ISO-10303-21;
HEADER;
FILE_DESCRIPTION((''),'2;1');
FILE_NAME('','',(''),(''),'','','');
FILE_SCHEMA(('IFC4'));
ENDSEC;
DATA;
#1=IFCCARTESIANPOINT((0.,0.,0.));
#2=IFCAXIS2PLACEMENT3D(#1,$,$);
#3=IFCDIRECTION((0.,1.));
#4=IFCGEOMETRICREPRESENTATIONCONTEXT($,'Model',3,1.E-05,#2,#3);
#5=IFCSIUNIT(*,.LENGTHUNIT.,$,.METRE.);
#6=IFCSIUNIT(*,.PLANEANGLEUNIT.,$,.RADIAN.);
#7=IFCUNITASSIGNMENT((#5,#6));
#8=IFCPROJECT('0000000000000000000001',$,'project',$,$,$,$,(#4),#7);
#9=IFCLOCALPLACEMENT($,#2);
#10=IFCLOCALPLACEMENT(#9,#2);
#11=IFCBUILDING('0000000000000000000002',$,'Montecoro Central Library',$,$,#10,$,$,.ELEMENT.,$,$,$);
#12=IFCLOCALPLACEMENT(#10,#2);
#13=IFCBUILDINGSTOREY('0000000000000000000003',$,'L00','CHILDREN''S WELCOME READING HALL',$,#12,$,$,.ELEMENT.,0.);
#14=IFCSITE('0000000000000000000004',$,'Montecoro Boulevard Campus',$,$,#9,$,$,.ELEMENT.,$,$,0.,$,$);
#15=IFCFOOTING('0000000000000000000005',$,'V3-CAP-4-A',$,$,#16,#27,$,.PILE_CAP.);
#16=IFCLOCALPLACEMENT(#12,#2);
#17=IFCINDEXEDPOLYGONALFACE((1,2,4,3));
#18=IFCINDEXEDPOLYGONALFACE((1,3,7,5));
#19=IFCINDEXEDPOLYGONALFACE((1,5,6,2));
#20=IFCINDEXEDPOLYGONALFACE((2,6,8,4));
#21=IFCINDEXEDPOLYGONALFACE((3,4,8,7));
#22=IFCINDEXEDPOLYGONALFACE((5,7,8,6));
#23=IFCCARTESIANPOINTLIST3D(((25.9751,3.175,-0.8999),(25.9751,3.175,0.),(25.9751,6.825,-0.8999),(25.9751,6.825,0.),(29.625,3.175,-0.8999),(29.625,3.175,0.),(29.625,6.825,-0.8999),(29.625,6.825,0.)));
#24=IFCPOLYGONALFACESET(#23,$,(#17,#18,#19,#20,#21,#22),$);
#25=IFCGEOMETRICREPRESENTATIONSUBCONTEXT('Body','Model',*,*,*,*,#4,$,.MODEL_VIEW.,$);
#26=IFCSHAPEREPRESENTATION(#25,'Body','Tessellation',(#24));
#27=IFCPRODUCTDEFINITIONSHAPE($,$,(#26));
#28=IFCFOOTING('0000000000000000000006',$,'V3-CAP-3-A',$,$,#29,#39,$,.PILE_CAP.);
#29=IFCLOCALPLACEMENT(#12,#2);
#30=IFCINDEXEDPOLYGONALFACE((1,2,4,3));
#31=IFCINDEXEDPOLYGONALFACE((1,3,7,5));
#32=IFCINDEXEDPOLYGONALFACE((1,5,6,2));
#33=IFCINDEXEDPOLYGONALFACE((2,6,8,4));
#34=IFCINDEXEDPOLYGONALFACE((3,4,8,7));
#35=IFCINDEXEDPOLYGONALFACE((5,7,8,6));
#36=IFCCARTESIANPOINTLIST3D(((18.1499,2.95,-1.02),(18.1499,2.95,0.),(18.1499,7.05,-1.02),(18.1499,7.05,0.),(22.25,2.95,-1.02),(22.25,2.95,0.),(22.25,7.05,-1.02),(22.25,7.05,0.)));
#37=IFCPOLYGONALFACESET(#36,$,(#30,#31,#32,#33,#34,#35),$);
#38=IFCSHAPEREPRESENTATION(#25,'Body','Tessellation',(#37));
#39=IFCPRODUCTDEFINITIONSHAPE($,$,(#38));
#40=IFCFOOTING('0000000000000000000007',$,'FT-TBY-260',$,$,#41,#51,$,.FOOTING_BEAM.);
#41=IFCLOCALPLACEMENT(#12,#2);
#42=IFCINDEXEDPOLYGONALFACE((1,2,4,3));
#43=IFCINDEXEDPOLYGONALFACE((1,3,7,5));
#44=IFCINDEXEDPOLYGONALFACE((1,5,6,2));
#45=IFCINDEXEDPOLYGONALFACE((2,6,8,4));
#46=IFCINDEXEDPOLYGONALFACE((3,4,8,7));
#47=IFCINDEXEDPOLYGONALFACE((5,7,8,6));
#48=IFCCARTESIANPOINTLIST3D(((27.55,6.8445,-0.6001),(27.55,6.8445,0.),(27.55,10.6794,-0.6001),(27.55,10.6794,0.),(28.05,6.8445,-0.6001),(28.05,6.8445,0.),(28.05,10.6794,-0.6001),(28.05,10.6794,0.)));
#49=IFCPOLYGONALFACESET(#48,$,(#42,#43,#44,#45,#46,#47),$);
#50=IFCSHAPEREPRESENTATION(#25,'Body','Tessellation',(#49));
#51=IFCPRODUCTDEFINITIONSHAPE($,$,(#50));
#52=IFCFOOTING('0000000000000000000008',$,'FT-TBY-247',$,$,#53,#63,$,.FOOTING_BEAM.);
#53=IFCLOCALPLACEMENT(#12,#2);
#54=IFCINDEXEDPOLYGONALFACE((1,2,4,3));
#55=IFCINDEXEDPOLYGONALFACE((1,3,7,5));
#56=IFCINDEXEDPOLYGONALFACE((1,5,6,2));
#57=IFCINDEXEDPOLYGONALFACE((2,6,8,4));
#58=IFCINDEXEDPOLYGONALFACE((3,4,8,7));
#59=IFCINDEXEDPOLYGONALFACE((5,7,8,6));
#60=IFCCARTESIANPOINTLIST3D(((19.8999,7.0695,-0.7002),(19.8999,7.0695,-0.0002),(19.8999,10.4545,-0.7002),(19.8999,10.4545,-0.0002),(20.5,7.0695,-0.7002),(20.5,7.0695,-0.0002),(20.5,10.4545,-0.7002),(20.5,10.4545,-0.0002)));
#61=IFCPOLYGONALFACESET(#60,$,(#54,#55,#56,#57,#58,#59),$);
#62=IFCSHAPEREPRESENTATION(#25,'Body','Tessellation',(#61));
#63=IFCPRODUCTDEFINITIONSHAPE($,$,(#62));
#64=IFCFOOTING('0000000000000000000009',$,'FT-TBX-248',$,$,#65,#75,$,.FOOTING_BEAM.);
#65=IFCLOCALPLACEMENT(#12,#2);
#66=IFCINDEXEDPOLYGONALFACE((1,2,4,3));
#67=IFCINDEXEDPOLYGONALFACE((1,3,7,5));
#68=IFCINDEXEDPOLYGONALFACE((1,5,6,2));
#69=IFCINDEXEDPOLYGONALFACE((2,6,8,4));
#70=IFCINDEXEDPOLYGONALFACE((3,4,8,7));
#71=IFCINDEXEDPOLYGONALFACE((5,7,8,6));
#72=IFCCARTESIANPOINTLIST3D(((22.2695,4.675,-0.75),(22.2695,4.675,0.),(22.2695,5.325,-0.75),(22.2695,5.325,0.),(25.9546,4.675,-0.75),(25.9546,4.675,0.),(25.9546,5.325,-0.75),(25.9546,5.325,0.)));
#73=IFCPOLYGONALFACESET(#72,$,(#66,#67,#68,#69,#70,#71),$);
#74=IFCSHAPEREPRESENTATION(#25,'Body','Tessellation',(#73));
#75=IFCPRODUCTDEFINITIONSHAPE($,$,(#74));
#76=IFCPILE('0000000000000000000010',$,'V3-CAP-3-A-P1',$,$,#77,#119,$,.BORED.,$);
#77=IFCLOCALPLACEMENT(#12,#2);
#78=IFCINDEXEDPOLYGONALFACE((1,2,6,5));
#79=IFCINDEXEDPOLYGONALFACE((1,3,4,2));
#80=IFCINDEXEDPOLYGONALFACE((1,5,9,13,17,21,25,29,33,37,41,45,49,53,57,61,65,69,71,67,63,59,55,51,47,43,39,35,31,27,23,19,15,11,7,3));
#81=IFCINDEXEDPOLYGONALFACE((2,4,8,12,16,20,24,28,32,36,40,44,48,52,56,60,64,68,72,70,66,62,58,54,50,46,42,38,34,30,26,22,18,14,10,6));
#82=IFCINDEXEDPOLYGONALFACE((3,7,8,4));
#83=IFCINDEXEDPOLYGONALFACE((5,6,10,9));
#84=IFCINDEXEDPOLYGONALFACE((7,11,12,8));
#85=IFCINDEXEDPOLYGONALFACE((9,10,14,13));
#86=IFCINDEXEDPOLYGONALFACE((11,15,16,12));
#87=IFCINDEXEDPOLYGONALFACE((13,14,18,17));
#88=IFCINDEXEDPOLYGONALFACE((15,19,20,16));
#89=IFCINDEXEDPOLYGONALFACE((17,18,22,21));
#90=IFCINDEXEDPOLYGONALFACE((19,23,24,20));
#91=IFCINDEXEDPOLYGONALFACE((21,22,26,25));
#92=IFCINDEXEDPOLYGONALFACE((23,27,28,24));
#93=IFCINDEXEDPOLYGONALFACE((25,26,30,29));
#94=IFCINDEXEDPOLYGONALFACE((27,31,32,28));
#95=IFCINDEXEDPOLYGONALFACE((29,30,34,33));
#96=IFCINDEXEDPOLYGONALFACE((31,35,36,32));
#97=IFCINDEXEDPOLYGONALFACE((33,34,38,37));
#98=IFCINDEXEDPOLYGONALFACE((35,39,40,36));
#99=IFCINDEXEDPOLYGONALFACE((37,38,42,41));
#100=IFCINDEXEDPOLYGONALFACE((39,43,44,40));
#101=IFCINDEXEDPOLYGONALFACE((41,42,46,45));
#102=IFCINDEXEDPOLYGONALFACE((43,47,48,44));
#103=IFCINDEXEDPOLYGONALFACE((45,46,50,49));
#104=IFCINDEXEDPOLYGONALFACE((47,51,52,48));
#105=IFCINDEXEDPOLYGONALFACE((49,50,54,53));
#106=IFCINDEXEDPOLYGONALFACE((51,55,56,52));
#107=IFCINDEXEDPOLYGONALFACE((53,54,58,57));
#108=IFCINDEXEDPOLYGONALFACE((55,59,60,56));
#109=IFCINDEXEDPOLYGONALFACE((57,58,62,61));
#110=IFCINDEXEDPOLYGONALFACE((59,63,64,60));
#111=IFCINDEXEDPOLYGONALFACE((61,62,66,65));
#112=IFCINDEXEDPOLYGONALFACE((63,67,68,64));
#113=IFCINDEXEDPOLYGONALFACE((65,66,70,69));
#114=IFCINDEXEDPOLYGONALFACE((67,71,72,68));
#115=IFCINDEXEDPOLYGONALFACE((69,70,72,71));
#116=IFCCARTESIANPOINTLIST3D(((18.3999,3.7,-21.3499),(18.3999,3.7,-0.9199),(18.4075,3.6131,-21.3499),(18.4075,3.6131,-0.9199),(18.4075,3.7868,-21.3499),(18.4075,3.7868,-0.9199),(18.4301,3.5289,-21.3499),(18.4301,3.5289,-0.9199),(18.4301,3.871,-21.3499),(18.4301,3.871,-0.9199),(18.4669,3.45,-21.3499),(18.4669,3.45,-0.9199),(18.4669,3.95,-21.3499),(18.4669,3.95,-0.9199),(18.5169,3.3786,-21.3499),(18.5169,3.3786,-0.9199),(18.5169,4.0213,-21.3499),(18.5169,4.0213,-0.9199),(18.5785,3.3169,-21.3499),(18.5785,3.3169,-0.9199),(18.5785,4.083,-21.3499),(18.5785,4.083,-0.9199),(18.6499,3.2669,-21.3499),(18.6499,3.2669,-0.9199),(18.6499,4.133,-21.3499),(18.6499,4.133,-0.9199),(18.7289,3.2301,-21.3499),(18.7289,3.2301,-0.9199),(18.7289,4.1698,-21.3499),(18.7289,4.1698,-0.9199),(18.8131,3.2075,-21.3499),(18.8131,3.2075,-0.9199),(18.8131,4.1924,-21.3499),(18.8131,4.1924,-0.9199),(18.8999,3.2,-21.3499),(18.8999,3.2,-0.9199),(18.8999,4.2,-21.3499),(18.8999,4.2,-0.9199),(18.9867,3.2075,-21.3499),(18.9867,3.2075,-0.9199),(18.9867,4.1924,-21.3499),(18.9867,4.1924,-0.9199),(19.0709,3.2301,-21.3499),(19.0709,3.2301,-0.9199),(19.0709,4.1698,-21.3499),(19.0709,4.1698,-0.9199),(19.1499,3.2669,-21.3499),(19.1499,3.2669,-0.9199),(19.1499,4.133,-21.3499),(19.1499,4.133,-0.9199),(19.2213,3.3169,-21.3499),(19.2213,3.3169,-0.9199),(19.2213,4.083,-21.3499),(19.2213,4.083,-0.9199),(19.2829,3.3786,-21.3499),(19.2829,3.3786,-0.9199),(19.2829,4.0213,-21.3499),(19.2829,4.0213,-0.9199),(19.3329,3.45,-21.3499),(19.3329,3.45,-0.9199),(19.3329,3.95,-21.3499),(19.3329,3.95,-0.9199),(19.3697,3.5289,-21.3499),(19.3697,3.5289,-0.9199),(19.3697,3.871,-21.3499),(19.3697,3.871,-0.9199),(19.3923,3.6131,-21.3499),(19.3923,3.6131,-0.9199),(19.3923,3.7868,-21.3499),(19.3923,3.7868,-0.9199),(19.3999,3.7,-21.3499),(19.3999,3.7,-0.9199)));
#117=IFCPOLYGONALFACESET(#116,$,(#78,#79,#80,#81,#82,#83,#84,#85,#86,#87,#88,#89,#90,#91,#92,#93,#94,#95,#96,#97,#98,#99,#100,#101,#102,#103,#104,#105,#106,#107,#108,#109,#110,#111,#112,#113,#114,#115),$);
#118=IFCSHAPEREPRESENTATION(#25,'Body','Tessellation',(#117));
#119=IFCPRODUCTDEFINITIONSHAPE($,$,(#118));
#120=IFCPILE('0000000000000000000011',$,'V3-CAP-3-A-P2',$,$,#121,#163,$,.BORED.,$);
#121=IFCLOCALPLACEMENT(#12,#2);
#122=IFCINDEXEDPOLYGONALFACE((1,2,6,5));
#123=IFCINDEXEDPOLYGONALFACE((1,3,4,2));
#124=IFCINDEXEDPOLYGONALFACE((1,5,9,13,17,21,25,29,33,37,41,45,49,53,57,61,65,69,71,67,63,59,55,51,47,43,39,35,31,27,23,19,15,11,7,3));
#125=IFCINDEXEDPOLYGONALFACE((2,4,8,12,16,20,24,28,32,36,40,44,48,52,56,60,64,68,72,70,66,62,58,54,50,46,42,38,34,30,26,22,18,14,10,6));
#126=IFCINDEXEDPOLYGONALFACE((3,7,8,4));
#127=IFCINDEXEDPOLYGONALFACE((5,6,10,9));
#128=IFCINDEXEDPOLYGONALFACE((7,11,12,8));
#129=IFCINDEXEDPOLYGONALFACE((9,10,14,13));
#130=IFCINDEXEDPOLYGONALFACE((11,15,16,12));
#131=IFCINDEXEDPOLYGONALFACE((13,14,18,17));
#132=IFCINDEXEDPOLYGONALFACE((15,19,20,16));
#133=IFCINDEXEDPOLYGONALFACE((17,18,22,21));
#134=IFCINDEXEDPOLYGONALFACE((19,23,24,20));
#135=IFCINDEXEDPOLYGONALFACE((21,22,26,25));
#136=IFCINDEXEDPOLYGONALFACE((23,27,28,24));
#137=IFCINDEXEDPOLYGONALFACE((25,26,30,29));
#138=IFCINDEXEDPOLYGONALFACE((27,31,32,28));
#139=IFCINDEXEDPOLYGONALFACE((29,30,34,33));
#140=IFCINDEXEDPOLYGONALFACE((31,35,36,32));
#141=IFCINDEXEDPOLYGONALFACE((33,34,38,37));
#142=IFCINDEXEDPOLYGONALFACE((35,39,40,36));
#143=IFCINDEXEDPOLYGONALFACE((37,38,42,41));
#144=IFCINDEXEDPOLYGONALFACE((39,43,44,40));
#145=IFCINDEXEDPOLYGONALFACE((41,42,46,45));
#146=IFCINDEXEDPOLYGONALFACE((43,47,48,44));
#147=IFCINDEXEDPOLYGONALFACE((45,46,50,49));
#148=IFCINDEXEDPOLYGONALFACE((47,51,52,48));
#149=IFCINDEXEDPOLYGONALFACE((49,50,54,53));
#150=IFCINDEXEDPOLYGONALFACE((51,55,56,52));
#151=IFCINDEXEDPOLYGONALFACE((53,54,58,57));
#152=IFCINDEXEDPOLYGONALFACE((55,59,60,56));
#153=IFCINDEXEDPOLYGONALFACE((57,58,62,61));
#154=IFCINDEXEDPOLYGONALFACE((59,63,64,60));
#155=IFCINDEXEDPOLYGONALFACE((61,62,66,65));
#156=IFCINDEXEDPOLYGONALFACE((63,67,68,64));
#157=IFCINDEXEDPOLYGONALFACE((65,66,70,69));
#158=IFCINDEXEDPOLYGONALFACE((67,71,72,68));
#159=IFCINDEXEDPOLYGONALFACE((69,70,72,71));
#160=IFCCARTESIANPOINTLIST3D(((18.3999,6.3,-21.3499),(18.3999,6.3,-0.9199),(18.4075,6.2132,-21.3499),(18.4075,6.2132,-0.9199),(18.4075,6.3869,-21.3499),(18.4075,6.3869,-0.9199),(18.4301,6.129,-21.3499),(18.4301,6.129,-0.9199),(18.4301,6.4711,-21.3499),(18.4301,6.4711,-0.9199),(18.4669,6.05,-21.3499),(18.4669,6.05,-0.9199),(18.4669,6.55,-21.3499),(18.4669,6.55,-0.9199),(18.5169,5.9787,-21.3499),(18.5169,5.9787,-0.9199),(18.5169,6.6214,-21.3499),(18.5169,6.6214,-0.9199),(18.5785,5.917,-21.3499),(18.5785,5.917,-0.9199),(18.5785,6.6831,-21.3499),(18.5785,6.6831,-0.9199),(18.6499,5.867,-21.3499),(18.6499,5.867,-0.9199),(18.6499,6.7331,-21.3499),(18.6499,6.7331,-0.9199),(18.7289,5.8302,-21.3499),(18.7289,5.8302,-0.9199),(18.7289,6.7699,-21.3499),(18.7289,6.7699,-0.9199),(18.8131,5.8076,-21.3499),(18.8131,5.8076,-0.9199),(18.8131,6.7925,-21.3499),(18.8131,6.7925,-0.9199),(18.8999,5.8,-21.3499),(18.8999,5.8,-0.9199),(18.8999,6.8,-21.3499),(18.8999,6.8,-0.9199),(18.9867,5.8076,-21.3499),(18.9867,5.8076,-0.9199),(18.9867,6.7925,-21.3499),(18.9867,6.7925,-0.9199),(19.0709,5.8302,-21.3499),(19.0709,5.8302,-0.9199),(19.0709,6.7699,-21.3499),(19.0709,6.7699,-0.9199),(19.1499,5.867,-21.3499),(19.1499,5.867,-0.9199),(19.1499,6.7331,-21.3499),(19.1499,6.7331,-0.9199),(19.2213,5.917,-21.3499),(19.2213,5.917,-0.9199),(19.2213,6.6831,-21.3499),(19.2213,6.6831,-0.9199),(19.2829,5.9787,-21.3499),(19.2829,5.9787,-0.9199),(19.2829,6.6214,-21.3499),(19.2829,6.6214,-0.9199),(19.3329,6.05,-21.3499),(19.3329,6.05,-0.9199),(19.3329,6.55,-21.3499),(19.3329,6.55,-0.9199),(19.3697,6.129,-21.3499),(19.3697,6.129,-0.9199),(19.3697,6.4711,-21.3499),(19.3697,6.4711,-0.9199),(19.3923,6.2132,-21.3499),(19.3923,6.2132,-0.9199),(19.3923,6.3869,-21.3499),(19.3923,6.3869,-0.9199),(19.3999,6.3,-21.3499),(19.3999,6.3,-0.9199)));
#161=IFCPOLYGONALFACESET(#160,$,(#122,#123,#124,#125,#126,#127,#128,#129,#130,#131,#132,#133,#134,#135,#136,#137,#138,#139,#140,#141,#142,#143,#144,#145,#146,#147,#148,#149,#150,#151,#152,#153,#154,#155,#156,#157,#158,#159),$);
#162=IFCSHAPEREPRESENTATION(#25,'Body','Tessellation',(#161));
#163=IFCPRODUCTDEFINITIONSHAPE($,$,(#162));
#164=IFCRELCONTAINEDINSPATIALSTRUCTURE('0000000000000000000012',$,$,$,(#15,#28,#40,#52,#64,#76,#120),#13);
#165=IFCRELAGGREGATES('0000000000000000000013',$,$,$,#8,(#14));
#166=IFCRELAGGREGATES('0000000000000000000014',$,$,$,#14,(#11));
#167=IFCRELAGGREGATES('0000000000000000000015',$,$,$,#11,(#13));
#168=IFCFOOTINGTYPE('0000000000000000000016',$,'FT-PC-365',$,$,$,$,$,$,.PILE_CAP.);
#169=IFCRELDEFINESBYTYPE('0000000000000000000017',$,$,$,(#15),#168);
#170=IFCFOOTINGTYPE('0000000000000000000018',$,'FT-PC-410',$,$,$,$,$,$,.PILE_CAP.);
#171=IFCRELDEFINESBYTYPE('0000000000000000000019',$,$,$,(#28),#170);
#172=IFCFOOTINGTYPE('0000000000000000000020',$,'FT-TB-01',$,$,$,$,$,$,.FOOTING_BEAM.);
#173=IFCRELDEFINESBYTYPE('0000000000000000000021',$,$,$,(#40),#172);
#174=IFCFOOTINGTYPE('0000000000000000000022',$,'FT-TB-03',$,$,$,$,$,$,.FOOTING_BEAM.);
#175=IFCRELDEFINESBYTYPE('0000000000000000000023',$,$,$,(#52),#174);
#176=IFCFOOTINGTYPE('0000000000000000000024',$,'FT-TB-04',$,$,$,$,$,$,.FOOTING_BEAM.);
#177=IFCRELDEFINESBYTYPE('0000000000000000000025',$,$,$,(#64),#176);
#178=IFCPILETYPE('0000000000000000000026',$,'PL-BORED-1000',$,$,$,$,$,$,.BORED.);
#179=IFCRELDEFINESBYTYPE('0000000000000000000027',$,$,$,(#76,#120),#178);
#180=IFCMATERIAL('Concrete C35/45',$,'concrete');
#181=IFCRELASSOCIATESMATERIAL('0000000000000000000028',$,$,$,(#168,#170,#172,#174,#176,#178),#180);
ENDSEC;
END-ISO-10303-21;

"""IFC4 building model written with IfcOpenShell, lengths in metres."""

from ifc_helpers import new_model, si_unit, direction, frame, origin, origin_2d, place, context, subcontext, project, spatial, rectangle, circle, extrude, material, material_profile, profile_set, type_object, element, save


model = new_model("IFC4")

# Units and contexts
model_context = context("Model", 3, precision=1e-05, world=origin(), true_north=direction((0.0, 1.0)))
body_context = subcontext(model_context, "Body", "Model", "MODEL_VIEW")
ifc_project = project(units=[si_unit("LENGTHUNIT", "METRE"), si_unit("PLANEANGLEUNIT", "RADIAN")], contexts=[model_context])

# Site, building, storey
site_placement = place(None, origin())
site = spatial("IfcSite", under=ifc_project, at=site_placement, Name="Montecoro Boulevard Campus", CompositionType="ELEMENT", RefElevation=0.0)
building_placement = place(site_placement, origin())
building = spatial("IfcBuilding", under=site, at=building_placement, Name="Montecoro Central Library", CompositionType="ELEMENT")
storey_placement = place(building_placement, origin())
storey = spatial("IfcBuildingStorey", under=building, at=storey_placement, Name="L00", Description="CHILDREN'S WELCOME READING HALL", CompositionType="ELEMENT", Elevation=0.0)

# Footings
ifc_material_1 = material(Name="Concrete C35/45", Category="concrete")
footing_type_1 = type_object("IfcFootingType", Name="FT-PC-365", PredefinedType="PILE_CAP", material=ifc_material_1)
footing_1_placement = place(storey_placement, frame((27.8, 5.0, -0.8999), z_axis=(0.0, 0.0, 1.0), x_axis=(1.0, 0.0, 0.0)))
element("IfcFooting", 1, at=footing_1_placement, inside=storey, type_object=footing_type_1, Name="V3-CAP-4-A", PredefinedType="PILE_CAP", context=body_context, shape_type="SweptSolid", body=[
    extrude(rectangle(XDim=3.6499, YDim=3.6499, at=origin_2d()), origin(), (0.0, 0.0, 1.0), 0.8999),
])
footing_type_2 = type_object("IfcFootingType", Name="FT-PC-410", PredefinedType="PILE_CAP", material=ifc_material_1)
footing_2_placement = place(storey_placement, frame((20.2, 5.0, -1.02), z_axis=(0.0, 0.0, 1.0), x_axis=(1.0, 0.0, 0.0)))
element("IfcFooting", 2, at=footing_2_placement, inside=storey, type_object=footing_type_2, Name="V3-CAP-3-A", PredefinedType="PILE_CAP", context=body_context, shape_type="SweptSolid", body=[
    extrude(rectangle(XDim=4.1001, YDim=4.1001, at=origin_2d()), origin(), (0.0, 0.0, 1.0), 1.02),
])
footing_type_3 = type_object("IfcFootingType", Name="FT-TB-01", PredefinedType="FOOTING_BEAM", material=ifc_material_1)
footing_3_placement = place(storey_placement, frame((27.8, 8.762, -0.6001), z_axis=(0.0, 0.0, 1.0), x_axis=(1.0, 0.0, 0.0)))
element("IfcFooting", 3, at=footing_3_placement, inside=storey, type_object=footing_type_3, Name="FT-TBY-260", PredefinedType="FOOTING_BEAM", context=body_context, shape_type="SweptSolid", body=[
    extrude(rectangle(XDim=0.5, YDim=3.835, at=origin_2d()), origin(), (0.0, 0.0, 1.0), 0.6001),
])
footing_type_4 = type_object("IfcFootingType", Name="FT-TB-03", PredefinedType="FOOTING_BEAM", material=ifc_material_1)
footing_4_placement = place(storey_placement, frame((20.2, 8.762, -0.7002), z_axis=(0.0, 0.0, 1.0), x_axis=(1.0, 0.0, 0.0)))
element("IfcFooting", 4, at=footing_4_placement, inside=storey, type_object=footing_type_4, Name="FT-TBY-247", PredefinedType="FOOTING_BEAM", context=body_context, shape_type="SweptSolid", body=[
    extrude(rectangle(XDim=0.6001, YDim=3.385, at=origin_2d()), origin(), (0.0, 0.0, 1.0), 0.7),
])
footing_type_5 = type_object("IfcFootingType", Name="FT-TB-04", PredefinedType="FOOTING_BEAM", material=ifc_material_1)
footing_5_placement = place(storey_placement, frame((24.1121, 5.0, -0.75), z_axis=(0.0, 0.0, 1.0), x_axis=(1.0, 0.0, 0.0)))
element("IfcFooting", 5, at=footing_5_placement, inside=storey, type_object=footing_type_5, Name="FT-TBX-248", PredefinedType="FOOTING_BEAM", context=body_context, shape_type="SweptSolid", body=[
    extrude(rectangle(XDim=3.6851, YDim=0.6499, at=origin_2d()), origin(), (0.0, 0.0, 1.0), 0.75),
])

# Piles
ifc_material_profile_1 = material_profile(ifc_material_1, circle(Radius=0.5, at=origin_2d()), Name="PILE D1000")
ifc_profile_set_1 = profile_set([ifc_material_profile_1], Name="Concrete C35/45")
pile_type_1 = type_object("IfcPileType", Name="PL-BORED-1000", PredefinedType="BORED", material=ifc_profile_set_1)
for number, where, z_axis, x_axis, name in (
    (6, (18.8999, 3.7, -0.9199), (0.0, 0.0, -1.0), (1.0, 0.0, 0.0), "V3-CAP-3-A-P1"),
    (7, (18.8999, 6.3, -0.9199), (0.0, 0.0, -1.0), (1.0, 0.0, 0.0), "V3-CAP-3-A-P2"),
):
    element("IfcPile", number, at=place(storey_placement, frame(where, z_axis=z_axis, x_axis=x_axis)), inside=storey, type_object=pile_type_1, Name=name, PredefinedType="BORED", context=body_context, shape_type="SweptSolid", body=[
        extrude(circle(Radius=0.5, at=origin_2d()), origin(), (0.0, 0.0, 1.0), 20.4299),
    ])

save(model, "model.ifc")
